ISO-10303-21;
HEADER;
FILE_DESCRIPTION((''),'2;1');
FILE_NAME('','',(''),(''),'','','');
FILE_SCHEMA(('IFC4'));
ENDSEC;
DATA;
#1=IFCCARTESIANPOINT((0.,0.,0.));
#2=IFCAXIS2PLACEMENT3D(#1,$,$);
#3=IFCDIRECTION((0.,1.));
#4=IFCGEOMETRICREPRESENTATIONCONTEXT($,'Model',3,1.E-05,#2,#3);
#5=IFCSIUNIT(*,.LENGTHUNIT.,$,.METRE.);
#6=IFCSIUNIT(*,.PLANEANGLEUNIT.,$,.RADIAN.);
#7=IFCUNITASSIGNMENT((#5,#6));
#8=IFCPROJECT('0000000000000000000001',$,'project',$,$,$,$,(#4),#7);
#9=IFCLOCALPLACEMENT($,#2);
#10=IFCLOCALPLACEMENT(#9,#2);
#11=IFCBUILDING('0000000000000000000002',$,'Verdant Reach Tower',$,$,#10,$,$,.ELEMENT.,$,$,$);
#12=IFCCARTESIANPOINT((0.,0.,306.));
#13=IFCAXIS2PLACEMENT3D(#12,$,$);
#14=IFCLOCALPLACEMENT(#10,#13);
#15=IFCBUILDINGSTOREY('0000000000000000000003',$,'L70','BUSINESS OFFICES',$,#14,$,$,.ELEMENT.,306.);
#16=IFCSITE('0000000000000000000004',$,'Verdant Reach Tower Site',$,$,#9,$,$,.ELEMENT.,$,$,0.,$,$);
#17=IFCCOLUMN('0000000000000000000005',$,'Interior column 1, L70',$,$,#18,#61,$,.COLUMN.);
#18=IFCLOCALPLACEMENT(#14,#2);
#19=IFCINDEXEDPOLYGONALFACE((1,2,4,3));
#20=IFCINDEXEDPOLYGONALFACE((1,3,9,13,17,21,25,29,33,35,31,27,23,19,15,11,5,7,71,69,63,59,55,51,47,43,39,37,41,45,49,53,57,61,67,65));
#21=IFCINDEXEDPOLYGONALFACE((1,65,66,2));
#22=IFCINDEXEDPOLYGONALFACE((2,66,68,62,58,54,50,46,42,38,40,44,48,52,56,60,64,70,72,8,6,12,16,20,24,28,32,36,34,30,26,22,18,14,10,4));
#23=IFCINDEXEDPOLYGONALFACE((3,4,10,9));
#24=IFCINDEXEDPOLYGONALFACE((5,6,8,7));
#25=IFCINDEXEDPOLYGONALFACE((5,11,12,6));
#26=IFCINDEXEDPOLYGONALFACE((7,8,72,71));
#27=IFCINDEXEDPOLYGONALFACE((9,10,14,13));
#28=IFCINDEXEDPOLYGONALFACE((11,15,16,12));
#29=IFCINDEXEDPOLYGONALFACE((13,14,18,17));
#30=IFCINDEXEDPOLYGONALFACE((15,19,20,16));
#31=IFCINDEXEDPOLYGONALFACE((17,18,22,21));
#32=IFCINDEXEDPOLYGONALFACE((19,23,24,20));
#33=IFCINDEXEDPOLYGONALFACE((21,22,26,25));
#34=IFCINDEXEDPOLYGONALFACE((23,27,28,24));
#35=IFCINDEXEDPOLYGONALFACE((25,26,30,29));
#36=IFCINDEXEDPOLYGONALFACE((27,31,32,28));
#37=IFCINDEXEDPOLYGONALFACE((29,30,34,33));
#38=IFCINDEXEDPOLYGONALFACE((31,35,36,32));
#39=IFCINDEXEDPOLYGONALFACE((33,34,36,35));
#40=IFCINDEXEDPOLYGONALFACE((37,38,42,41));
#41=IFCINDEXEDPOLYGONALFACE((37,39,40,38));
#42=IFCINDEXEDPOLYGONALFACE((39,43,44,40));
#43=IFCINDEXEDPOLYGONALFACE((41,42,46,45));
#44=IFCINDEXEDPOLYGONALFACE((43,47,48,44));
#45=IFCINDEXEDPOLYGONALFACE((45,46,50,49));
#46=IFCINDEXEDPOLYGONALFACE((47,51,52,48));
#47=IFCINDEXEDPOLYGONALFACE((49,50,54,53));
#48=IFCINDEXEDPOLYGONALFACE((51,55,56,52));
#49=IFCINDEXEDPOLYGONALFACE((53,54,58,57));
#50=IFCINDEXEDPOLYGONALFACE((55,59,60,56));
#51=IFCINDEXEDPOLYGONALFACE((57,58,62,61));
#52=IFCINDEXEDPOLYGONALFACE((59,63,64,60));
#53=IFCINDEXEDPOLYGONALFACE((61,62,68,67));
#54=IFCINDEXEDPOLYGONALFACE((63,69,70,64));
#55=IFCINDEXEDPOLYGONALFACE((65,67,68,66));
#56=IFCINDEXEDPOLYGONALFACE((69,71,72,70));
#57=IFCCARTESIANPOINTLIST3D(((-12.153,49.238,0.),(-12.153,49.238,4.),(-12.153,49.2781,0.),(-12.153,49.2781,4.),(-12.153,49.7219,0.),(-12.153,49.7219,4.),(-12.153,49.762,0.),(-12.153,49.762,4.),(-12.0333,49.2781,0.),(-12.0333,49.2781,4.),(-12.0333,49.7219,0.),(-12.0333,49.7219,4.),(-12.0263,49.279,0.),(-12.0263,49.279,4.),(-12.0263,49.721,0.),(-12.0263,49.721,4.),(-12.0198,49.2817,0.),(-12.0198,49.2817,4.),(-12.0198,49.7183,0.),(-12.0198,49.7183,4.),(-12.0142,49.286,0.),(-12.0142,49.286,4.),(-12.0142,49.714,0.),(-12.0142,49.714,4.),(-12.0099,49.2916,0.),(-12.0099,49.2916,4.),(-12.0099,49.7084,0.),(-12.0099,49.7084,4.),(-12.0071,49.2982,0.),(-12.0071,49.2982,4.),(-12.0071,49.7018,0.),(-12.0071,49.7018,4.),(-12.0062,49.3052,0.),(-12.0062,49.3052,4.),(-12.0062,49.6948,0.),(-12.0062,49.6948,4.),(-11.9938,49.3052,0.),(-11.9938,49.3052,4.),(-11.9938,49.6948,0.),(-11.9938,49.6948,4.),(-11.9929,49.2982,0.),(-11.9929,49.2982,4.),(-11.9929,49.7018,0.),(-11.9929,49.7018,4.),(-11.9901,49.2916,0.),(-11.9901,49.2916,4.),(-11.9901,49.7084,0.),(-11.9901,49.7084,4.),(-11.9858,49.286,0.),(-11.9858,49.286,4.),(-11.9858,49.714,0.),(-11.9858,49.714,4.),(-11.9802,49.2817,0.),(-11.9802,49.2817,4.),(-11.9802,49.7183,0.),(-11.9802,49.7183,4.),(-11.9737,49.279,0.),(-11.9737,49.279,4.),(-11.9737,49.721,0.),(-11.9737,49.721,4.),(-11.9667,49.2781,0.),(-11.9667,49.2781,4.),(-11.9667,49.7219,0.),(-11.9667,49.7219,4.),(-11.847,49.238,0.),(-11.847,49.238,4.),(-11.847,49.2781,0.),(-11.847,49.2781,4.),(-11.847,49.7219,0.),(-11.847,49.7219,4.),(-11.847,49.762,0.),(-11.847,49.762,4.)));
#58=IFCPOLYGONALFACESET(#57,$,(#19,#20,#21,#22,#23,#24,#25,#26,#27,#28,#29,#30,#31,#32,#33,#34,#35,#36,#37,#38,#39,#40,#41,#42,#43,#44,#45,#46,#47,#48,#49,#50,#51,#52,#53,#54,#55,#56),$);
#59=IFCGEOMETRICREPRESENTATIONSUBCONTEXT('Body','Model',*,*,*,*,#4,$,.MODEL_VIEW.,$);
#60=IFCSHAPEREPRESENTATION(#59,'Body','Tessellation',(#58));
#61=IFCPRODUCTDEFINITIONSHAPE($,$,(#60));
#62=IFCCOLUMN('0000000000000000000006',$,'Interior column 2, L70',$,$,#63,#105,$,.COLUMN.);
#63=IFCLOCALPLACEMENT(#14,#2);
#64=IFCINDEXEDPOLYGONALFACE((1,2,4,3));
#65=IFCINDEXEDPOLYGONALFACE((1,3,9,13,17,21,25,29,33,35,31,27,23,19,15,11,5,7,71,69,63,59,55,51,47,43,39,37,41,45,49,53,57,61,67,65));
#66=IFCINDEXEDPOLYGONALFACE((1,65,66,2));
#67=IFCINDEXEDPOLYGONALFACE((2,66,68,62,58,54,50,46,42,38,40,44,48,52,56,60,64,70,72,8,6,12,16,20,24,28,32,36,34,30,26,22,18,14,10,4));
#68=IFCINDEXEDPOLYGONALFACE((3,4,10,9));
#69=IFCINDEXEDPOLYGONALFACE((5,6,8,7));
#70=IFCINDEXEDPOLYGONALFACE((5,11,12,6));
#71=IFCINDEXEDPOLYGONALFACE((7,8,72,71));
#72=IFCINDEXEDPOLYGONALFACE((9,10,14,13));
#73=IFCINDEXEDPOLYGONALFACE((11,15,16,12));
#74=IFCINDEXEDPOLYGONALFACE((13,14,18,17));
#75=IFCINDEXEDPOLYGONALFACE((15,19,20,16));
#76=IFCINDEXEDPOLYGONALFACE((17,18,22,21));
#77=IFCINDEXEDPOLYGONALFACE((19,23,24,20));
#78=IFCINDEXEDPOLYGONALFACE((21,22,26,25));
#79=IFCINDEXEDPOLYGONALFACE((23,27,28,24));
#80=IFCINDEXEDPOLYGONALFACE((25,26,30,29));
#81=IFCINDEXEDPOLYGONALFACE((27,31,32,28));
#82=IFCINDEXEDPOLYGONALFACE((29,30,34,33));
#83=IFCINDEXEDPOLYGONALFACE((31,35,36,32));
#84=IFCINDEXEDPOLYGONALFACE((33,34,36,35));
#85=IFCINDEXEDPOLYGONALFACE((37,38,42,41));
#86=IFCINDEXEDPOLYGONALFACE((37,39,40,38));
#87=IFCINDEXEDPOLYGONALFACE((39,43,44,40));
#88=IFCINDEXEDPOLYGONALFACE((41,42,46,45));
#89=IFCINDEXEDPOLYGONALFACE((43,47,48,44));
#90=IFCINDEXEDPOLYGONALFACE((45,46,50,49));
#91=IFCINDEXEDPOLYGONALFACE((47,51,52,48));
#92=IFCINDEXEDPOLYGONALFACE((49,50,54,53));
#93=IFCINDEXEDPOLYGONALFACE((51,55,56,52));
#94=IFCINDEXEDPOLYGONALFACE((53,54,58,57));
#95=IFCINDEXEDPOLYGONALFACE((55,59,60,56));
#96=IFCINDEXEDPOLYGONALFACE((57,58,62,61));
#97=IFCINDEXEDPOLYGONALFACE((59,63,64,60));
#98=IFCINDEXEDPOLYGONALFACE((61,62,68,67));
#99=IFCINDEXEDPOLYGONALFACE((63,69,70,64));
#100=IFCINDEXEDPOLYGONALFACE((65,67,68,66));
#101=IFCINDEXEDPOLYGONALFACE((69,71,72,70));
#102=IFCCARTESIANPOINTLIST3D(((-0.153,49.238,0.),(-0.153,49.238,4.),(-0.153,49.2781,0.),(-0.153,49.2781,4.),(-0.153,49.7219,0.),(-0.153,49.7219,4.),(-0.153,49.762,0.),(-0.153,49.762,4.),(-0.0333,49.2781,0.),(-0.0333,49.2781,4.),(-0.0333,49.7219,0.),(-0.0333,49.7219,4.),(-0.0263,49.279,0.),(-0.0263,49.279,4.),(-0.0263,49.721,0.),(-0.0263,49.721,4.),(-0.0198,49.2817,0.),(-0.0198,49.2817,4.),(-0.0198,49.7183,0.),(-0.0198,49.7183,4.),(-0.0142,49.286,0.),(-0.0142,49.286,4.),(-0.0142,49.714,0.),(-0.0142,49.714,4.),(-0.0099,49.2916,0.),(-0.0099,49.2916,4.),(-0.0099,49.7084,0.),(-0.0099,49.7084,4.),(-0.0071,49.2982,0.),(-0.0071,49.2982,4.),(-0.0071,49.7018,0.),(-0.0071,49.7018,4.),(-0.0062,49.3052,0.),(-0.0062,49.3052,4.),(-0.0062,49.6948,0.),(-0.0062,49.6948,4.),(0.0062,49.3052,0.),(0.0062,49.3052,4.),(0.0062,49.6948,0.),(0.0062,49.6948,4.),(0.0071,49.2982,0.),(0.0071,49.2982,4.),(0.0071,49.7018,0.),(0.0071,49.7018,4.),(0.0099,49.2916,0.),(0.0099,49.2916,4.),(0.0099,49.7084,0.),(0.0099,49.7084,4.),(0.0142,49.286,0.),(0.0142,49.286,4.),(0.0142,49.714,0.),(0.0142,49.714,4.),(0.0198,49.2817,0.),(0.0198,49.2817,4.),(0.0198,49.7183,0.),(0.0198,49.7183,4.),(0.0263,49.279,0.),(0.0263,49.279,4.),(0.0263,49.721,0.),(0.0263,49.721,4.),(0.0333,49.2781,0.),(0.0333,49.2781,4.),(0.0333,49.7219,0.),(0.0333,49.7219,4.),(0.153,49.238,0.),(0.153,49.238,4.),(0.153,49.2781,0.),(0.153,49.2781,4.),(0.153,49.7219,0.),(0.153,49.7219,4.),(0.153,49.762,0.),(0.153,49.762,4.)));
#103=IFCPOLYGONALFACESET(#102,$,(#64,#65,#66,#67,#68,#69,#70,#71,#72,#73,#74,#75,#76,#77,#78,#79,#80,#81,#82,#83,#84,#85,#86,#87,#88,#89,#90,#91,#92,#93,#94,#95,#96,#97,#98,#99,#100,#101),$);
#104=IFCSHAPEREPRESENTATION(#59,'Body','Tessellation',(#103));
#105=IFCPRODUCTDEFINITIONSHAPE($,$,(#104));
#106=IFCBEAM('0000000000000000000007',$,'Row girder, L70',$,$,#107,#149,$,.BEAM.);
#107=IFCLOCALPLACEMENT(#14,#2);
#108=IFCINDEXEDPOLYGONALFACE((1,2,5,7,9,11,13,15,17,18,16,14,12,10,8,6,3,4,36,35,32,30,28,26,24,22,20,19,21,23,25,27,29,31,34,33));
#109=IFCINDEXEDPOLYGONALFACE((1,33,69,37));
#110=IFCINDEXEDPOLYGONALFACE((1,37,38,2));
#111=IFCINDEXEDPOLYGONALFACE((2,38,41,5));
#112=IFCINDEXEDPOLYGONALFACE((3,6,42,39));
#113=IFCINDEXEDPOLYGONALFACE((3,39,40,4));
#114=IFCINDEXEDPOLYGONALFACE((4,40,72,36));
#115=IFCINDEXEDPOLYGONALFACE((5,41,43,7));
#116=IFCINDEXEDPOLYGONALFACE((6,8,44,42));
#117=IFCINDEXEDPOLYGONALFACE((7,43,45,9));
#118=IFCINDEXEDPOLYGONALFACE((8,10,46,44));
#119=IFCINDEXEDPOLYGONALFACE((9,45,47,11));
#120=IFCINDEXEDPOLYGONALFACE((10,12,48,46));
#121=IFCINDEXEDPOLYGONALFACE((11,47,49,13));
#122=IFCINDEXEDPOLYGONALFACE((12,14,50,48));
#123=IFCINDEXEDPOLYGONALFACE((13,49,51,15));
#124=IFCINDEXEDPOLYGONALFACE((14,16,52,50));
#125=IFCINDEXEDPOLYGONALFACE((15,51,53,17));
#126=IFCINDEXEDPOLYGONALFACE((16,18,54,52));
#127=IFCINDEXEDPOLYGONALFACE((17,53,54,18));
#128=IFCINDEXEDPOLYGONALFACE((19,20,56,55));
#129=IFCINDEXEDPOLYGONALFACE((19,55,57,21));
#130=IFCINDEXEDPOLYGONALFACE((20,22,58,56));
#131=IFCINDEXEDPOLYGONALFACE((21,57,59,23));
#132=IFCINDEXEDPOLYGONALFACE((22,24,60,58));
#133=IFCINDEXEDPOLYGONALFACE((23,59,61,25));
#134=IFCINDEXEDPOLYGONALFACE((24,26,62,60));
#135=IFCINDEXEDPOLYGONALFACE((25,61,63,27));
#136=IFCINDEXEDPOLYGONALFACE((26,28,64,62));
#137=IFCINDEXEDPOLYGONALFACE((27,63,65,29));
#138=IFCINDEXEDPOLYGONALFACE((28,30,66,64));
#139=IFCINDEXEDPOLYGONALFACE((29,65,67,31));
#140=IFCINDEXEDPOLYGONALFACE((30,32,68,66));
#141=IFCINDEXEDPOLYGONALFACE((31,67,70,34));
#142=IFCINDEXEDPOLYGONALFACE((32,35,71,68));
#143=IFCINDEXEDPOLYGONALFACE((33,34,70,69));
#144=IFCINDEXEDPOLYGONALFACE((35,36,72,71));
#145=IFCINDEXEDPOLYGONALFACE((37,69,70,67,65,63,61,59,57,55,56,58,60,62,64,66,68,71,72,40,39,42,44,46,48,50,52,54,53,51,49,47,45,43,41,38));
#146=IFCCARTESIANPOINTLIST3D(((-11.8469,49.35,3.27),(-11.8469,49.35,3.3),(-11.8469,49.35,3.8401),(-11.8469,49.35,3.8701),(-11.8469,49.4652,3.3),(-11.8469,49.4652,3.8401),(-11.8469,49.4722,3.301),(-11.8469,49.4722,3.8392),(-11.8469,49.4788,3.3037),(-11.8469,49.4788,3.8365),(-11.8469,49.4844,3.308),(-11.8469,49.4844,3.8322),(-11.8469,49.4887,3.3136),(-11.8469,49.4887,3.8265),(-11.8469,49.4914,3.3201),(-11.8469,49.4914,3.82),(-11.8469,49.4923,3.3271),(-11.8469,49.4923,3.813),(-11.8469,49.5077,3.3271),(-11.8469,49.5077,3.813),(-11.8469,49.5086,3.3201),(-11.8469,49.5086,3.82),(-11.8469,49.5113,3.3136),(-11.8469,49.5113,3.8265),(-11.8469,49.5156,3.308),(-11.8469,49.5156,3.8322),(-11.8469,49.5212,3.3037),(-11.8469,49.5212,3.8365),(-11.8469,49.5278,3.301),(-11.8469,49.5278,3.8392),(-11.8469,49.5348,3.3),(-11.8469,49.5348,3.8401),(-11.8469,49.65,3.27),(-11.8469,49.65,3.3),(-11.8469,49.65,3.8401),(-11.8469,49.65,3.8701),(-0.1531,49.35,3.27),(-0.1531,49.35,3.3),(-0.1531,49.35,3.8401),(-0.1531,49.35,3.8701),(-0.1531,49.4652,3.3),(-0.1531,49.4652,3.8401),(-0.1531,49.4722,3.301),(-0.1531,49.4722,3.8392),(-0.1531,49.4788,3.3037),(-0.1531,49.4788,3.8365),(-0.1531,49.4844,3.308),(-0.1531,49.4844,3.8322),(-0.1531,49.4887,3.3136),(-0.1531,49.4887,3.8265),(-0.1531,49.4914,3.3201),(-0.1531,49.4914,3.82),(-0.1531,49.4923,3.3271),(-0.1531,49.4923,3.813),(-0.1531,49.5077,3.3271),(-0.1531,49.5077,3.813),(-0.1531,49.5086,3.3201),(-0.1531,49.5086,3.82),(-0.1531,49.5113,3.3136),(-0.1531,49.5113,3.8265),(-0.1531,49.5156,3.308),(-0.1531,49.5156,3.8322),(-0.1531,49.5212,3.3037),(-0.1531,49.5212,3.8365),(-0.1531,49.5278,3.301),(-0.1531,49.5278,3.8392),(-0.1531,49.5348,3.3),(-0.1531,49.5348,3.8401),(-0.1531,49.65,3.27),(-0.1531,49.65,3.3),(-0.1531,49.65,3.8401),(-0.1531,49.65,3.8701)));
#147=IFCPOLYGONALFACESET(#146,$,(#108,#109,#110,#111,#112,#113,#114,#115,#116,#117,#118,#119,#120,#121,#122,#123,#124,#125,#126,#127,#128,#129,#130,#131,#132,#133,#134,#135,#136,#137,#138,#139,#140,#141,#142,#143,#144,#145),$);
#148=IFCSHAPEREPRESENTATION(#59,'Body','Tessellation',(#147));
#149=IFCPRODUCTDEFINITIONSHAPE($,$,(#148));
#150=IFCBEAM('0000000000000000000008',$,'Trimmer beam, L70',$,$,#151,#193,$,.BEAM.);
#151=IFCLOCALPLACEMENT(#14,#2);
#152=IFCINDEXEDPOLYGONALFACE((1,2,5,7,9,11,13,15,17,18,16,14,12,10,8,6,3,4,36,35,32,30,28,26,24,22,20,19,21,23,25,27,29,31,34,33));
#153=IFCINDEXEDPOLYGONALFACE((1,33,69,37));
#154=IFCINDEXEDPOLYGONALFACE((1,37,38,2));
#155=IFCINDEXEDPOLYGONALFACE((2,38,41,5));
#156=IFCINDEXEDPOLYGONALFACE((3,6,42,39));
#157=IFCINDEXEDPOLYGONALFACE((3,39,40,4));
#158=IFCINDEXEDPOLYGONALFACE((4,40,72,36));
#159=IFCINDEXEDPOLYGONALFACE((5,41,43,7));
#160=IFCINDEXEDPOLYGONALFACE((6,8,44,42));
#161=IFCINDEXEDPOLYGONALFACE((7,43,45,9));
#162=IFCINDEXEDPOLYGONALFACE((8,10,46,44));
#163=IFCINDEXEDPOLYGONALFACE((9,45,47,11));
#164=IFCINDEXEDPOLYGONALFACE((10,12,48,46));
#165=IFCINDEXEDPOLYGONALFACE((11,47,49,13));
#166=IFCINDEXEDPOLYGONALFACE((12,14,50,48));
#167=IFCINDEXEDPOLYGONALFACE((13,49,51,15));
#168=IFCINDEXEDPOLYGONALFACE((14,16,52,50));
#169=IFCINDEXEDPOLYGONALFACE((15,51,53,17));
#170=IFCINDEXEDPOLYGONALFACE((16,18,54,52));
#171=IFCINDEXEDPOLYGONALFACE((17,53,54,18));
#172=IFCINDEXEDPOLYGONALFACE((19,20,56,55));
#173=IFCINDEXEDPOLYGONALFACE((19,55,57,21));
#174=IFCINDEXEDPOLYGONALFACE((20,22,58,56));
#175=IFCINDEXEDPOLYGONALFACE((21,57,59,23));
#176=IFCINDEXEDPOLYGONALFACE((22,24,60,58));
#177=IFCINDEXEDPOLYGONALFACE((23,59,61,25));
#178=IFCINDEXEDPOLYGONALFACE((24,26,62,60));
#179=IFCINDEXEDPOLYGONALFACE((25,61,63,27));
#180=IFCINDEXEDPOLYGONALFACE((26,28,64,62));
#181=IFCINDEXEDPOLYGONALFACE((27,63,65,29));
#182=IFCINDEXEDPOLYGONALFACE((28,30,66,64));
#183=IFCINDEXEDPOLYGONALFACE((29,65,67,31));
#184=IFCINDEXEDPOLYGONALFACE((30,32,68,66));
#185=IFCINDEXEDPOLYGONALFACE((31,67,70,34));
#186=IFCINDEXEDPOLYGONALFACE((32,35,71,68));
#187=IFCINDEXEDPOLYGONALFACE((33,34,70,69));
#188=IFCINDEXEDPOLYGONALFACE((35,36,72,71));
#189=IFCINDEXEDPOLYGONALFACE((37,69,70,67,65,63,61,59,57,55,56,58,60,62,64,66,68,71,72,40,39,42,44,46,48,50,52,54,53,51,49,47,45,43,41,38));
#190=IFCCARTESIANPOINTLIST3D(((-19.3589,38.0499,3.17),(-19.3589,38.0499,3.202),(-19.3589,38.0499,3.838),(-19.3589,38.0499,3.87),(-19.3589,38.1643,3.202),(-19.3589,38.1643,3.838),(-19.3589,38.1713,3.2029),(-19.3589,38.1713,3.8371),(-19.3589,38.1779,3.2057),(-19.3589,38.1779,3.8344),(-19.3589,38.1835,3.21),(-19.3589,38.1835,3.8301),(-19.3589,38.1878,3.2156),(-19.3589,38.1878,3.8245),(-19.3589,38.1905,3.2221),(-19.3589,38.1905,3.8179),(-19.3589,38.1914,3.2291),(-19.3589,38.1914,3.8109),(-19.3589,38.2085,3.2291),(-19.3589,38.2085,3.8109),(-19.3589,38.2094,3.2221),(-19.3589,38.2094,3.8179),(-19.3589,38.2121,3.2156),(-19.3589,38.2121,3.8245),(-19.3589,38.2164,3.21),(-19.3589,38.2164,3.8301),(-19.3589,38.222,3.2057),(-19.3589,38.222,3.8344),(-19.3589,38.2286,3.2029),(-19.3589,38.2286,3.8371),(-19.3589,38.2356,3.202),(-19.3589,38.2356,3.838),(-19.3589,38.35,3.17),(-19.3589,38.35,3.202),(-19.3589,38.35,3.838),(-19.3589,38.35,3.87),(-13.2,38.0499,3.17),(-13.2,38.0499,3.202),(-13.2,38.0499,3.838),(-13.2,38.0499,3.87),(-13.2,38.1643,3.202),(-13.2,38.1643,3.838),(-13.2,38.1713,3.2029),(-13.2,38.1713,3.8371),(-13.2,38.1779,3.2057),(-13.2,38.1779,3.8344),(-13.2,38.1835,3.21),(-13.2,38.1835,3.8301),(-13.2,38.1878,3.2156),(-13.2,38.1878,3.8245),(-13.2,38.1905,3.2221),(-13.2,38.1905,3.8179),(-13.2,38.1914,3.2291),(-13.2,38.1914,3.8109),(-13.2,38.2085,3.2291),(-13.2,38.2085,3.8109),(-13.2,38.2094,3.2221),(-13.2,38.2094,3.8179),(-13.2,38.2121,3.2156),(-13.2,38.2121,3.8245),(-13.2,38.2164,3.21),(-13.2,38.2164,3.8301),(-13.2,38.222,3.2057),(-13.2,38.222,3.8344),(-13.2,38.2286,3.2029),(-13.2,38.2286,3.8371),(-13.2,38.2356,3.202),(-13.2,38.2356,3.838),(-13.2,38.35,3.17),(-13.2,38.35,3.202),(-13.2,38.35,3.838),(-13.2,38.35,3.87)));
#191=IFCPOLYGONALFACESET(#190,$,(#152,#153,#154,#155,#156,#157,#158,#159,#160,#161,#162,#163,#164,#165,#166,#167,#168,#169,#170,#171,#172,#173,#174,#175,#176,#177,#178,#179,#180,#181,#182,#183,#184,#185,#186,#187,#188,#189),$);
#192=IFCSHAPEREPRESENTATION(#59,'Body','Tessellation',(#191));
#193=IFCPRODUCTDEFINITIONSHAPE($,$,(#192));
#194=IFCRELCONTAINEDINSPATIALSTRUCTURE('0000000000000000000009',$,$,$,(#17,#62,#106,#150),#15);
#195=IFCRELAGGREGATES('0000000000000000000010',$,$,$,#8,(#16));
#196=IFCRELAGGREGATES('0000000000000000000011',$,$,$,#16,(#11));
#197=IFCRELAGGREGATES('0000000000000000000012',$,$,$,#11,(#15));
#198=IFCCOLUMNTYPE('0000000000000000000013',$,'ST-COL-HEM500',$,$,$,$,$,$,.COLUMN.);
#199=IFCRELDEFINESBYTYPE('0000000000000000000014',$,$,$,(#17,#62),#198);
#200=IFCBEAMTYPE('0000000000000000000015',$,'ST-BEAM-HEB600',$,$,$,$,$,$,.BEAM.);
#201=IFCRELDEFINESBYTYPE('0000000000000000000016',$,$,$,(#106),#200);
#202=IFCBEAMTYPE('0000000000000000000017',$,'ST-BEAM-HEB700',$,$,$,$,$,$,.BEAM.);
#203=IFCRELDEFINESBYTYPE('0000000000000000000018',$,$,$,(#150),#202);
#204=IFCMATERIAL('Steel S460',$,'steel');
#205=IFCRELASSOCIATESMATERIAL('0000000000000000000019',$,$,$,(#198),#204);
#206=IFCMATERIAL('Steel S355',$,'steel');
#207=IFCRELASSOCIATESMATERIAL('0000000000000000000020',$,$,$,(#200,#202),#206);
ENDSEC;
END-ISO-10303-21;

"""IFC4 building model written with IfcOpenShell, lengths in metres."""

from ifc_helpers import new_model, si_unit, direction, frame, origin, origin_2d, place, context, subcontext, project, spatial, i_section, extrude, material, material_profile, profile_set, type_object, element, save


model = new_model("IFC4")

# Units and contexts
model_context = context("Model", 3, precision=1e-05, world=origin(), true_north=direction((0.0, 1.0)))
body_context = subcontext(model_context, "Body", "Model", "MODEL_VIEW")
ifc_project = project(units=[si_unit("LENGTHUNIT", "METRE"), si_unit("PLANEANGLEUNIT", "RADIAN")], contexts=[model_context])

# Site, building, storey
site_placement = place(None, origin())
site = spatial("IfcSite", under=ifc_project, at=site_placement, Name="Verdant Reach Tower Site", CompositionType="ELEMENT", RefElevation=0.0)
building_placement = place(site_placement, origin())
building = spatial("IfcBuilding", under=site, at=building_placement, Name="Verdant Reach Tower", CompositionType="ELEMENT")
storey_placement = place(building_placement, frame((0.0, 0.0, 306.0)))
storey = spatial("IfcBuildingStorey", under=building, at=storey_placement, Name="L70", Description="BUSINESS OFFICES", CompositionType="ELEMENT", Elevation=306.0)

# Columns
ifc_material_1 = material(Name="Steel S460", Category="steel")
ifc_material_profile_1 = material_profile(ifc_material_1, i_section(OverallWidth=0.3059, OverallDepth=0.5239, WebThickness=0.0125, FlangeThickness=0.04, FilletRadius=0.0271, at=origin_2d()), Name="HEM 500")
ifc_profile_set_1 = profile_set([ifc_material_profile_1], Name="Steel S460")
column_type = type_object("IfcColumnType", Name="ST-COL-HEM500", PredefinedType="COLUMN", material=ifc_profile_set_1)
for number, where, z_axis, x_axis, name in (
    (1, (-12.0, 49.5, 0.0), (0.0, 0.0, 1.0), (1.0, 0.0, 0.0), "Interior column 1, L70"),
    (2, (0.0, 49.5, 0.0), (0.0, 0.0, 1.0), (1.0, 0.0, 0.0), "Interior column 2, L70"),
):
    element("IfcColumn", number, at=place(storey_placement, frame(where, z_axis=z_axis, x_axis=x_axis)), inside=storey, type_object=column_type, Name=name, PredefinedType="COLUMN", context=body_context, shape_type="SweptSolid", body=[
        extrude(i_section(OverallWidth=0.3059, OverallDepth=0.5239, WebThickness=0.0125, FlangeThickness=0.04, FilletRadius=0.0271, at=origin_2d()), origin(), (0.0, 0.0, 1.0), 4.0),
    ])

# Beams
ifc_material_2 = material(Name="Steel S355", Category="steel")
ifc_material_profile_2 = material_profile(ifc_material_2, i_section(OverallWidth=0.3, OverallDepth=0.6001, WebThickness=0.0154, FlangeThickness=0.03, FilletRadius=0.0271, at=origin_2d()), Name="HEB 600")
ifc_profile_set_2 = profile_set([ifc_material_profile_2], Name="Steel S355")
beam_type_1 = type_object("IfcBeamType", Name="ST-BEAM-HEB600", PredefinedType="BEAM", material=ifc_profile_set_2)
beam_1_placement = place(storey_placement, frame((-11.8469, 49.5, 3.5701), z_axis=(1.0, 0.0, 0.0), x_axis=(0.0, 1.0, 0.0)))
element("IfcBeam", 3, at=beam_1_placement, inside=storey, type_object=beam_type_1, Name="Row girder, L70", PredefinedType="BEAM", context=body_context, shape_type="SweptSolid", body=[
    extrude(i_section(OverallWidth=0.3, OverallDepth=0.6001, WebThickness=0.0154, FlangeThickness=0.03, FilletRadius=0.0271, at=origin_2d()), origin(), (0.0, 0.0, 1.0), 11.6938),
])
ifc_material_profile_3 = material_profile(ifc_material_2, i_section(OverallWidth=0.3, OverallDepth=0.7, WebThickness=0.0171, FlangeThickness=0.032, FilletRadius=0.0271, at=origin_2d()), Name="HEB 700")
ifc_profile_set_3 = profile_set([ifc_material_profile_3], Name="Steel S355")
beam_type_2 = type_object("IfcBeamType", Name="ST-BEAM-HEB700", PredefinedType="BEAM", material=ifc_profile_set_3)
beam_2_placement = place(storey_placement, frame((-13.2, 38.2, 3.52), z_axis=(-1.0, 0.0, 0.0), x_axis=(0.0, -1.0, 0.0)))
element("IfcBeam", 4, at=beam_2_placement, inside=storey, type_object=beam_type_2, Name="Trimmer beam, L70", PredefinedType="BEAM", context=body_context, shape_type="SweptSolid", body=[
    extrude(i_section(OverallWidth=0.3, OverallDepth=0.7, WebThickness=0.0171, FlangeThickness=0.032, FilletRadius=0.0271, at=origin_2d()), origin(), (0.0, 0.0, 1.0), 6.1589),
])

save(model, "model.ifc")
